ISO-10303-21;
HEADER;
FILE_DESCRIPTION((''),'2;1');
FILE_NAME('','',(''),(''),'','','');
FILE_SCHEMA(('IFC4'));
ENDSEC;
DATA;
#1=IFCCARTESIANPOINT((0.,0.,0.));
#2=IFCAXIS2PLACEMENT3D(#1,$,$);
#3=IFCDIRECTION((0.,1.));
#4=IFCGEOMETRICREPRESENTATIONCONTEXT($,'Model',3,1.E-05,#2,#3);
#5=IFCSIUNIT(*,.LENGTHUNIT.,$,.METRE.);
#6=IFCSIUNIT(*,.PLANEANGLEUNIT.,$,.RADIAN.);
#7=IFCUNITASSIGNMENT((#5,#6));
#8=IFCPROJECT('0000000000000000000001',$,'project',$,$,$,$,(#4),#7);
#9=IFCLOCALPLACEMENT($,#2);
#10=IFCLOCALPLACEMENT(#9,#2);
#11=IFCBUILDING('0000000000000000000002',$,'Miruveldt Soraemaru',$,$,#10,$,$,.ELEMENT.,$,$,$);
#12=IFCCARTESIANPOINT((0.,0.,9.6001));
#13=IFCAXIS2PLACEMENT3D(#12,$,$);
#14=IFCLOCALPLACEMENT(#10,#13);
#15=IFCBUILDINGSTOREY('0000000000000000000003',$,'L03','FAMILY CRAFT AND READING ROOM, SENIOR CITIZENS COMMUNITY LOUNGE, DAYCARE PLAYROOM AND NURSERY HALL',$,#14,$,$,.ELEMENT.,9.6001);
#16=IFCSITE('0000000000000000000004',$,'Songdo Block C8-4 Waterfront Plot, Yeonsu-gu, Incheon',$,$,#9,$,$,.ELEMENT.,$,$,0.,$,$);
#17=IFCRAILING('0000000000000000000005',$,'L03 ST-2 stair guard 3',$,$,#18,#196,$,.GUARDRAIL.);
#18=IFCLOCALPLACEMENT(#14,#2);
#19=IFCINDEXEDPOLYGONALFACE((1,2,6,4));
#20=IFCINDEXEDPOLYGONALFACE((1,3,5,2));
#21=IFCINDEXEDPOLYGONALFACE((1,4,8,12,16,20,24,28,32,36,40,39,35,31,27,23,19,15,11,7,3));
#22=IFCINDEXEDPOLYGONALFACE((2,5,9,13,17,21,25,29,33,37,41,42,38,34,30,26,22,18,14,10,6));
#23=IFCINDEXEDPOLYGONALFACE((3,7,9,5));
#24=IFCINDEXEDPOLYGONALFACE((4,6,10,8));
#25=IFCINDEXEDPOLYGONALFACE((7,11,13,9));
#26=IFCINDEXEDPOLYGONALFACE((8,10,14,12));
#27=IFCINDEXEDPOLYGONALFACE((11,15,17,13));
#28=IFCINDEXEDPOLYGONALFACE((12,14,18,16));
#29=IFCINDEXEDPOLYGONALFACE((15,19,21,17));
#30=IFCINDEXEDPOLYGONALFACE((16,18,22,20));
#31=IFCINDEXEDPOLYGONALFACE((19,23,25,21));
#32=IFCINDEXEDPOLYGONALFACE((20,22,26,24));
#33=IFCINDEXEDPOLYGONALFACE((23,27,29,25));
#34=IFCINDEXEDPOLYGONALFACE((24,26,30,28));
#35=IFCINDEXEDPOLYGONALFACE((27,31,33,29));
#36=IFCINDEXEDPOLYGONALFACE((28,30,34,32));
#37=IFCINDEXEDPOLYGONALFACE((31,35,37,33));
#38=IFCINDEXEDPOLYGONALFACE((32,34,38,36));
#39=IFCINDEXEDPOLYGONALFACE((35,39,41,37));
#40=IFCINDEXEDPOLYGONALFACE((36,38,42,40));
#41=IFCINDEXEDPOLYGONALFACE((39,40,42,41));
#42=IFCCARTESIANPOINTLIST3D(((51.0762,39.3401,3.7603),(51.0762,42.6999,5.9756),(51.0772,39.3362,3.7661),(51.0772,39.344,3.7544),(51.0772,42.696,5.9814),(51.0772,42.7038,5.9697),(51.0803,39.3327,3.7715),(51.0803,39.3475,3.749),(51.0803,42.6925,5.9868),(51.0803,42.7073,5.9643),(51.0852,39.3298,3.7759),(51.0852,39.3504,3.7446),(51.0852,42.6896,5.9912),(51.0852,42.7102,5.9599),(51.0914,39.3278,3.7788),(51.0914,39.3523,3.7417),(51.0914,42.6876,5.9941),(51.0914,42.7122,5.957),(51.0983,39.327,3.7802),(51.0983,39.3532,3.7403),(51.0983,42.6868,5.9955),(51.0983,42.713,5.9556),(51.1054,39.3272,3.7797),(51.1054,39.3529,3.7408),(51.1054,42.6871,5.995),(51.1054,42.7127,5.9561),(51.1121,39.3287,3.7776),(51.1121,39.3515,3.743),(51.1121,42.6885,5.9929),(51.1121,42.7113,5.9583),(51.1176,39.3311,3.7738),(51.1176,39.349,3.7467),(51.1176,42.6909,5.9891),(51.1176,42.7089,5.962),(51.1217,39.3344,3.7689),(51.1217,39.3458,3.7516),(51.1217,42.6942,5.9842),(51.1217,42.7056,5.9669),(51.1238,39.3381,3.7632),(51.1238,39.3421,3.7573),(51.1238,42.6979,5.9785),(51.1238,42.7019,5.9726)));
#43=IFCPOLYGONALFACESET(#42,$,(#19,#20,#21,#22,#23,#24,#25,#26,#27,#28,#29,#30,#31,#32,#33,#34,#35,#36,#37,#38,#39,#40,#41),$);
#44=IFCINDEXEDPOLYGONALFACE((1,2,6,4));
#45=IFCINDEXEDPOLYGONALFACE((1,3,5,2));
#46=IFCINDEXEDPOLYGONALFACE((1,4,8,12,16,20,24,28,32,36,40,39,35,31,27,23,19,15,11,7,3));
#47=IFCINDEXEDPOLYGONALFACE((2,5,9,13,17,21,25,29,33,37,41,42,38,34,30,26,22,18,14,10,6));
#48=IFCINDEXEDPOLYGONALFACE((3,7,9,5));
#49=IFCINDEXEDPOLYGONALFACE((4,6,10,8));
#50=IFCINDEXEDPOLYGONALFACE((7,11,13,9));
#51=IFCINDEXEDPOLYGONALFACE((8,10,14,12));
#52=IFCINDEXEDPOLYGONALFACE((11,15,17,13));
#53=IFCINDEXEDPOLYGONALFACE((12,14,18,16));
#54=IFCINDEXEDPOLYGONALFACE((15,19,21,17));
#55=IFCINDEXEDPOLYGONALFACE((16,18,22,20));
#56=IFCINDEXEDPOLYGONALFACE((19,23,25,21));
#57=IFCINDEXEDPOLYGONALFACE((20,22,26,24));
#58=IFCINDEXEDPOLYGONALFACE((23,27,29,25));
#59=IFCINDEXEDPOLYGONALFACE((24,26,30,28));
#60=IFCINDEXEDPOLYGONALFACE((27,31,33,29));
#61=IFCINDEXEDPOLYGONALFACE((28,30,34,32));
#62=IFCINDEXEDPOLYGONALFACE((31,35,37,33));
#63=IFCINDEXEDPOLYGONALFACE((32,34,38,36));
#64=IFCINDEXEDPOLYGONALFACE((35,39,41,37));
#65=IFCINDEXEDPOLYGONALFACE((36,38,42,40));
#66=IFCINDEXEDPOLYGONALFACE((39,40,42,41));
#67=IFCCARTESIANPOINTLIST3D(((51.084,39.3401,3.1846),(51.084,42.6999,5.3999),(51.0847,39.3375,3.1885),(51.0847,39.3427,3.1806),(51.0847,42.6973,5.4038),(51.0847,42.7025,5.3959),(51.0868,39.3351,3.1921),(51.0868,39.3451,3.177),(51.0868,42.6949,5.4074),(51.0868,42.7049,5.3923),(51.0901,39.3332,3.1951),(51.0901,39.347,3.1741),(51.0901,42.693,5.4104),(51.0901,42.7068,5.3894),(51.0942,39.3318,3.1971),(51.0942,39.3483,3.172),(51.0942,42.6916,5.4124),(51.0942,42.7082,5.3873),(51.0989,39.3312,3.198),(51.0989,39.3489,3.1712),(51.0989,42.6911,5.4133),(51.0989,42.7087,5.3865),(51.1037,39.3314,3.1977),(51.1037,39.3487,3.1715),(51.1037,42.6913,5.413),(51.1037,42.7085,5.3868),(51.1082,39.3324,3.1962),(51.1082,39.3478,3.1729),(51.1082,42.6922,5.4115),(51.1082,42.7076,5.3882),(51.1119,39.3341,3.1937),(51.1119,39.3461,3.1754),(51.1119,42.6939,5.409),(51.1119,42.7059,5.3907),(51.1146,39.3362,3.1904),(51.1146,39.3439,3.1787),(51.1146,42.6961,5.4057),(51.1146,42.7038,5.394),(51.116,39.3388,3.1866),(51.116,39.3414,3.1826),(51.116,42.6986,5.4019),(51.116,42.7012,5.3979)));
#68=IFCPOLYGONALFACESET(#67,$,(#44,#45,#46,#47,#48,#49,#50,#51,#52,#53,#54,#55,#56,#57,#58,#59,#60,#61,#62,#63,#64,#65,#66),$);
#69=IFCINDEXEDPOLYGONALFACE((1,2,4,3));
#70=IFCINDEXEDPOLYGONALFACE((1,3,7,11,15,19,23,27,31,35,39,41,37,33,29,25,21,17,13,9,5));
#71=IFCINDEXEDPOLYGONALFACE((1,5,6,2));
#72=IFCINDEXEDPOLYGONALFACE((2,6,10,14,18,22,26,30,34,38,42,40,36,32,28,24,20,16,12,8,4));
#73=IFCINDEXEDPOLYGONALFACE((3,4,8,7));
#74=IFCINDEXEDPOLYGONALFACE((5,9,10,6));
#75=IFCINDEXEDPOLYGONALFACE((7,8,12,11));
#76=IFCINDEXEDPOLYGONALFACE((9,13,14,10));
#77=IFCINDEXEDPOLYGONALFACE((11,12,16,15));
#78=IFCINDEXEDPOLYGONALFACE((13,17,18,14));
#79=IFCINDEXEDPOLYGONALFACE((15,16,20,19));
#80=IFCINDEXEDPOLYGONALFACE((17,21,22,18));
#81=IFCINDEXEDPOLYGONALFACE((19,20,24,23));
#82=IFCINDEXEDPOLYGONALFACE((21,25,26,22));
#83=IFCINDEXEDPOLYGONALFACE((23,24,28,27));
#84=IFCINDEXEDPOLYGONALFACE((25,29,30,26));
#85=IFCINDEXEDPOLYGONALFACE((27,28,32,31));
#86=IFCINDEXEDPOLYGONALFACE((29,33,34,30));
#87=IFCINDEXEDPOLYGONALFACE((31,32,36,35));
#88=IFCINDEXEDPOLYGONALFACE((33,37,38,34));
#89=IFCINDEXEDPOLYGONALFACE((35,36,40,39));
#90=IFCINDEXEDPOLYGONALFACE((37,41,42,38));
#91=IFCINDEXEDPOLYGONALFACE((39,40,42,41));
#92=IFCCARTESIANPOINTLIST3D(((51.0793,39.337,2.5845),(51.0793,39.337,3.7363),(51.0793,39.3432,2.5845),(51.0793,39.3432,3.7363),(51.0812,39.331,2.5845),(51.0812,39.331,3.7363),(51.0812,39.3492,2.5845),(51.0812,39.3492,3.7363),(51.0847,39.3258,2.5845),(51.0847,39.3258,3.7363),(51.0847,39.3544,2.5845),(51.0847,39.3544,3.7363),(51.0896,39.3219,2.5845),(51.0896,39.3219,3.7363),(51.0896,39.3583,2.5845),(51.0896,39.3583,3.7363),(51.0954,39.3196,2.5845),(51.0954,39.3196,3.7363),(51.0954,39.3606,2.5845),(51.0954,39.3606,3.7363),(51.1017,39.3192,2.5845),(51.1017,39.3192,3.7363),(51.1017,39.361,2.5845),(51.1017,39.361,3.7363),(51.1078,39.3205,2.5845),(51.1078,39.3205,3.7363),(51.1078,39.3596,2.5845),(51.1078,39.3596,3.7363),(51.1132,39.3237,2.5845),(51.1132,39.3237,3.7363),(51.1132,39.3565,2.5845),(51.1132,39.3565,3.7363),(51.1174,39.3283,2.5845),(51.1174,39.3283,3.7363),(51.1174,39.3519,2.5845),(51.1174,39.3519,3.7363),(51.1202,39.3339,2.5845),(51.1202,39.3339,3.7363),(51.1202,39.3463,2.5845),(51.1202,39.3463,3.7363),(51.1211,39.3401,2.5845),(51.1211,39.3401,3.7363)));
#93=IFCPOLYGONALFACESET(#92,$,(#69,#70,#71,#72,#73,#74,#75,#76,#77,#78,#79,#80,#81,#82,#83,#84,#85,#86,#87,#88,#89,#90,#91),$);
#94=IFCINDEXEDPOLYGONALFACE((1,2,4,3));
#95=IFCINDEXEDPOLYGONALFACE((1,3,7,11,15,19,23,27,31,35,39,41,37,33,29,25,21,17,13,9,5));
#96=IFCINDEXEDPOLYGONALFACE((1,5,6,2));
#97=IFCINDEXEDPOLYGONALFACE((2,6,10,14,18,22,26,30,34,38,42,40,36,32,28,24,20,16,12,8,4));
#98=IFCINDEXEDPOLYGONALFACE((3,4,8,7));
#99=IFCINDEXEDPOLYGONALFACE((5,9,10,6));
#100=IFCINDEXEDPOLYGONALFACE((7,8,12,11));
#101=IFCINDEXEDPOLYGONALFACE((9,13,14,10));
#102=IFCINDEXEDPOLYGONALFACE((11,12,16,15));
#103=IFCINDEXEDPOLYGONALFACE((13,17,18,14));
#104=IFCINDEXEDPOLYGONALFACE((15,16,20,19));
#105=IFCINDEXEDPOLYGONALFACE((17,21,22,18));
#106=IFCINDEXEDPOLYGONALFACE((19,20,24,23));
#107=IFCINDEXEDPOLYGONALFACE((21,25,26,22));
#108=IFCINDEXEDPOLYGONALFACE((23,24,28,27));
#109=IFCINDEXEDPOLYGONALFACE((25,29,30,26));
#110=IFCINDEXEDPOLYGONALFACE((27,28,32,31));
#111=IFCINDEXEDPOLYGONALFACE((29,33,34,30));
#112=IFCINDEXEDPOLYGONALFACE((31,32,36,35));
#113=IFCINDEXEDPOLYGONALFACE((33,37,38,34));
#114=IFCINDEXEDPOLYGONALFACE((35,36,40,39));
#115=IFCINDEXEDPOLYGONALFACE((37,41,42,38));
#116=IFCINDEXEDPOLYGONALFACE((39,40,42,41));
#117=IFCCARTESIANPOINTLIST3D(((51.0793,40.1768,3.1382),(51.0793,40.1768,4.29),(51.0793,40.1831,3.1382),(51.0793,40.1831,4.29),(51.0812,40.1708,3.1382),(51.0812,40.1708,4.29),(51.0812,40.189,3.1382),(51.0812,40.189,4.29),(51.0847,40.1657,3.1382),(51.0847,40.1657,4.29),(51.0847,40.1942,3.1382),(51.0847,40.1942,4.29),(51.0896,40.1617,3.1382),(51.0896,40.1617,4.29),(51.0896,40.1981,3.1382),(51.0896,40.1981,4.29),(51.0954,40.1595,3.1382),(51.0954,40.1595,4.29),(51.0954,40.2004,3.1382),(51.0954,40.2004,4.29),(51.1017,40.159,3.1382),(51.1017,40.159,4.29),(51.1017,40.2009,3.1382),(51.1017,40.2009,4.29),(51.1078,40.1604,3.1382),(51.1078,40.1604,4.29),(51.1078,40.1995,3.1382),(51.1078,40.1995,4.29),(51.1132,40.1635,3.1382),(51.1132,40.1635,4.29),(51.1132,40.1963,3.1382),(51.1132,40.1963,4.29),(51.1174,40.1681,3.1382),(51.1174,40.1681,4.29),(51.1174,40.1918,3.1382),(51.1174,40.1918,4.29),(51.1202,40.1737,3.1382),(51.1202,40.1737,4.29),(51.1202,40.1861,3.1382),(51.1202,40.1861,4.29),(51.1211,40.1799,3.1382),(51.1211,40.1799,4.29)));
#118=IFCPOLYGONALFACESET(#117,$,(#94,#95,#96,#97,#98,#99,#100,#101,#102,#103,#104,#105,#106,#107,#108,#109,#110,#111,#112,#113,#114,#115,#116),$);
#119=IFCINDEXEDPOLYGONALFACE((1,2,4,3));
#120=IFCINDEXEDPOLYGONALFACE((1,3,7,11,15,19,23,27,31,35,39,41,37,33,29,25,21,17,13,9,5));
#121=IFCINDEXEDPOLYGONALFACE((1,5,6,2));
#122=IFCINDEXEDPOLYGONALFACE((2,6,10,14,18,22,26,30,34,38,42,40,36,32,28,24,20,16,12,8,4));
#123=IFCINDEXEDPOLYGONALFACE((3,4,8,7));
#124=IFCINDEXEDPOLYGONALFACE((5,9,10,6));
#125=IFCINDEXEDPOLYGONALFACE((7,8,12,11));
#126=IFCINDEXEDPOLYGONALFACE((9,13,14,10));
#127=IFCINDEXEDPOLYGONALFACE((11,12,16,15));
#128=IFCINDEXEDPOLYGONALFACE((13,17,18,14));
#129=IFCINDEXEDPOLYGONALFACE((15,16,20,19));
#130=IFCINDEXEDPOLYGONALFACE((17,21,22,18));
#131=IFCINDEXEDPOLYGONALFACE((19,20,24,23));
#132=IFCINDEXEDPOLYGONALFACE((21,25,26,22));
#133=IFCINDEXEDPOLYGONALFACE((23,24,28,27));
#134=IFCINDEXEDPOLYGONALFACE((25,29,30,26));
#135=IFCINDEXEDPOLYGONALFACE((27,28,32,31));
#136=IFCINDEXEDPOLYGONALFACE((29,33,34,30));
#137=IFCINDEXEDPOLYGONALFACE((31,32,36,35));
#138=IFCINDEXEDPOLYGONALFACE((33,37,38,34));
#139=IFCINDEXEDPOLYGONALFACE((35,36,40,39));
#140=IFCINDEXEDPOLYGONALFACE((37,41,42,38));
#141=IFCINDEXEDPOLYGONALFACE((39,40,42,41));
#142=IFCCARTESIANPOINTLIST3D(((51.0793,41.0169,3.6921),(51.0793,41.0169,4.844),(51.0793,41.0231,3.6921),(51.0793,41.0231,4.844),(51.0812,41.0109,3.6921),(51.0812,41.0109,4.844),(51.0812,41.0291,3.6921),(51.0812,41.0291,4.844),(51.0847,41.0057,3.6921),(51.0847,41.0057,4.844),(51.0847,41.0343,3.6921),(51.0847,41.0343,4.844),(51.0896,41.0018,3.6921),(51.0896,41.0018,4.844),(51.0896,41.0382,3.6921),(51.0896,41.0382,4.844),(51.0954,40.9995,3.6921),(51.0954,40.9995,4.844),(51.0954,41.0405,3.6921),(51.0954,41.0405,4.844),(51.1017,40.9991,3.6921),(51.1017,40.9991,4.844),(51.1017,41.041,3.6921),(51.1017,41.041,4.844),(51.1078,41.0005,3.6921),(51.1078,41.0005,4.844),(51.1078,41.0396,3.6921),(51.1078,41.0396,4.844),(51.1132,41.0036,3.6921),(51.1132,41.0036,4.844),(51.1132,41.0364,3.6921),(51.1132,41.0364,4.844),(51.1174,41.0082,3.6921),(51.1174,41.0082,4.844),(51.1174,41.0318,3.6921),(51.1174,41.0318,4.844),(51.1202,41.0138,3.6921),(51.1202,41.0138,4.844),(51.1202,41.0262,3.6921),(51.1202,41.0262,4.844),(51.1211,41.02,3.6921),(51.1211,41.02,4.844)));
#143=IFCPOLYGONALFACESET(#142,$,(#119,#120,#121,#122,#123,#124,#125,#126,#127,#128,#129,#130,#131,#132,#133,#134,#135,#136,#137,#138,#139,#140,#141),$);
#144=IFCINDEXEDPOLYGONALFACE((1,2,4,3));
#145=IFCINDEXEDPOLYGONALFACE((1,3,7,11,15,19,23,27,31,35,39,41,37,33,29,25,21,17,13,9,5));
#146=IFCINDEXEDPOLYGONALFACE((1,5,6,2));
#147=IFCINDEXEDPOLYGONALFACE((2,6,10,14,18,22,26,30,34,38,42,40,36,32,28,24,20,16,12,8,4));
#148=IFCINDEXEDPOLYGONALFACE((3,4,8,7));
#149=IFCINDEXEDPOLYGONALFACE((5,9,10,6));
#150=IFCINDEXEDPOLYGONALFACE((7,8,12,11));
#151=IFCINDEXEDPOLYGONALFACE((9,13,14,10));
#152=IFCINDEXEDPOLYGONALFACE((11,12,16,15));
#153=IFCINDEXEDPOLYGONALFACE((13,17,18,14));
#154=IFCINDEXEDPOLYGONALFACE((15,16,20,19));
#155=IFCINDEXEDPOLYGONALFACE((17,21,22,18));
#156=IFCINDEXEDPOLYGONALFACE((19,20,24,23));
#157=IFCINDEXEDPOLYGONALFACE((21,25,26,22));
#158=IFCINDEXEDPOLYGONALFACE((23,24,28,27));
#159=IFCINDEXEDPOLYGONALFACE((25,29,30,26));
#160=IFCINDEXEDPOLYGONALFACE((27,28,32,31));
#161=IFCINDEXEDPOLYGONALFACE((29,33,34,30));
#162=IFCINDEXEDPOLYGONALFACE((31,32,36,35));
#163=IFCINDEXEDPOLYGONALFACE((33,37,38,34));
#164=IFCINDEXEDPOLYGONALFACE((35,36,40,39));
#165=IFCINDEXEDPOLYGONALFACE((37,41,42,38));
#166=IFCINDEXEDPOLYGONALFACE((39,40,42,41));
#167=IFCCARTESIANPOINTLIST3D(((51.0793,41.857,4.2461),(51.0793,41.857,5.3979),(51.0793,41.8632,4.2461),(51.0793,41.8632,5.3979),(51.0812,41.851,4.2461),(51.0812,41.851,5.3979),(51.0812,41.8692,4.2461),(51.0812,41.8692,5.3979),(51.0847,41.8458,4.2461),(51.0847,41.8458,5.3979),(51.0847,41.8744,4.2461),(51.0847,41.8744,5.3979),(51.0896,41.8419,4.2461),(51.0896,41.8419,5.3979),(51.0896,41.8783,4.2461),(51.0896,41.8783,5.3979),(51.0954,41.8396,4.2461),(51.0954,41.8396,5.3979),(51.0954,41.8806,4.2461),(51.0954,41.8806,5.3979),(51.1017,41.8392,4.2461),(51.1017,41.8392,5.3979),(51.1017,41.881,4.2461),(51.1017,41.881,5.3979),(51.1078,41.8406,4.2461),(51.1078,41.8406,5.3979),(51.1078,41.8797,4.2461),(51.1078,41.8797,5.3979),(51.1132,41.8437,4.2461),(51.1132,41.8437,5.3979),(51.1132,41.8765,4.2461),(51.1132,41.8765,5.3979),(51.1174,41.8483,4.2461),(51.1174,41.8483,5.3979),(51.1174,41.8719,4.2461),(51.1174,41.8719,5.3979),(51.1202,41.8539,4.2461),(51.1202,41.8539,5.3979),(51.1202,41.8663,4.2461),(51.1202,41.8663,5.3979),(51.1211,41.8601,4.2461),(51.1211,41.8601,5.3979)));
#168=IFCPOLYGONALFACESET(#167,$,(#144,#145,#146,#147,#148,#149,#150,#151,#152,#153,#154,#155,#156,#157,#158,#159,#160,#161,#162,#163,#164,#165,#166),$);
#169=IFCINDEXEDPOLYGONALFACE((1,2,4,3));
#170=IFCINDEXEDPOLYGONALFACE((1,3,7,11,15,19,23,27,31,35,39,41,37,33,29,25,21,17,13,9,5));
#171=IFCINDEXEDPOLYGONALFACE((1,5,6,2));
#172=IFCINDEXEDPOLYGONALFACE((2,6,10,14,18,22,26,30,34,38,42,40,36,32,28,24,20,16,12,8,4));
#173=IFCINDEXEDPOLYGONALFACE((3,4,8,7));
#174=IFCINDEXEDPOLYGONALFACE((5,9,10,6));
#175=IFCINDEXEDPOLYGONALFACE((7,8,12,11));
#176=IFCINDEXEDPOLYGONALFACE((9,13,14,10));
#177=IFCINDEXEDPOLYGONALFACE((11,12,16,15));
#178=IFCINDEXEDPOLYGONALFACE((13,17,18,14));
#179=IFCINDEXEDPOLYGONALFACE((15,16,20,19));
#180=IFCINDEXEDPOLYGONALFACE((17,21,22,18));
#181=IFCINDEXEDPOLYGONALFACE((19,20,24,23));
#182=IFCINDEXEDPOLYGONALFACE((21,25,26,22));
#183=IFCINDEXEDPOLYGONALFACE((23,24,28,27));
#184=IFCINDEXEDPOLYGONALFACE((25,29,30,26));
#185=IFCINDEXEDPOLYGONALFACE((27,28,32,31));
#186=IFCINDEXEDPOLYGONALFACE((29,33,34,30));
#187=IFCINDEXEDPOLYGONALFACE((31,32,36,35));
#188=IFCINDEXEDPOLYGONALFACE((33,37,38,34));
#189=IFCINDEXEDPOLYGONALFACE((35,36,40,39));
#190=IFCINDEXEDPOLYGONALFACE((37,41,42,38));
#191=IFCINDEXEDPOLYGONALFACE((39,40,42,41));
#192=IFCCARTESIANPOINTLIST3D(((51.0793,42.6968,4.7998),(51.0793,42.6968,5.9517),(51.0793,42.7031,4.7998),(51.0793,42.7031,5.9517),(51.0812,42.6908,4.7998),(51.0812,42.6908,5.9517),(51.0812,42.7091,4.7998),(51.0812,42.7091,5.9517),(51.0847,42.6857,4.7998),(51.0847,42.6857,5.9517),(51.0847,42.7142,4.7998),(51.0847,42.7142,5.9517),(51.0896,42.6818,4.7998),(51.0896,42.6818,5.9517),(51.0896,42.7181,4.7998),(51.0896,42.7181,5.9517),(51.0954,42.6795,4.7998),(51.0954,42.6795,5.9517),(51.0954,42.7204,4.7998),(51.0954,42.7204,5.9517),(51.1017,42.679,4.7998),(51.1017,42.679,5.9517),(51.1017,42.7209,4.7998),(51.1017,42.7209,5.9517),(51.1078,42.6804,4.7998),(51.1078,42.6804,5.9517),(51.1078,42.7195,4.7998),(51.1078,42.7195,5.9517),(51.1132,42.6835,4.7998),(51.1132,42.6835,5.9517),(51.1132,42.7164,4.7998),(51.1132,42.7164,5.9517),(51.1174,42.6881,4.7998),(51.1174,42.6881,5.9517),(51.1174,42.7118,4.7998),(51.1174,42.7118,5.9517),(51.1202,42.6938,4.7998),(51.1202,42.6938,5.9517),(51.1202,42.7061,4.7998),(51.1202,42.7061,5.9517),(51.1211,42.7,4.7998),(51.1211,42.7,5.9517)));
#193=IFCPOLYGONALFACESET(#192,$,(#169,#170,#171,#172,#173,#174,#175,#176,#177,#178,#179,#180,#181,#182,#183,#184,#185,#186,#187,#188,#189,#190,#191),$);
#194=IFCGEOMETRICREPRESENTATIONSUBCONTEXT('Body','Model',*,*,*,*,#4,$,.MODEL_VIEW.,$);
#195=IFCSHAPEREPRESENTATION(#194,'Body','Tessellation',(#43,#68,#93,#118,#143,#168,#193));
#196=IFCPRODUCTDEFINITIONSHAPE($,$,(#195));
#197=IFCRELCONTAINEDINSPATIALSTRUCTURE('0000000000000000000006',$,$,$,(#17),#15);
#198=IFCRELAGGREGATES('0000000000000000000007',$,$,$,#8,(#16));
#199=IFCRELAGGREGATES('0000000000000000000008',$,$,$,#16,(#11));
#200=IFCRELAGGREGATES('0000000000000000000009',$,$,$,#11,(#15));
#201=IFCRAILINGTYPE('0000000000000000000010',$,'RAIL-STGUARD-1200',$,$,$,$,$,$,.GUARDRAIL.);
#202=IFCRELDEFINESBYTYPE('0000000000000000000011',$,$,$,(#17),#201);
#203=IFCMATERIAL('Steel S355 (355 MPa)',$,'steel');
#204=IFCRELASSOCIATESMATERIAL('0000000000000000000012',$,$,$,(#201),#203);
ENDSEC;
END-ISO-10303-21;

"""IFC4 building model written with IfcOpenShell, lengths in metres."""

from ifc_helpers import new_model, si_unit, direction, frame, origin, origin_2d, place, context, subcontext, project, spatial, circle, extrude, material, type_object, element, save


model = new_model("IFC4")

# Units and contexts
model_context = context("Model", 3, precision=1e-05, world=origin(), true_north=direction((0.0, 1.0)))
body_context = subcontext(model_context, "Body", "Model", "MODEL_VIEW")
ifc_project = project(units=[si_unit("LENGTHUNIT", "METRE"), si_unit("PLANEANGLEUNIT", "RADIAN")], contexts=[model_context])

# Site, building, storey
site_placement = place(None, origin())
site = spatial("IfcSite", under=ifc_project, at=site_placement, Name="Songdo Block C8-4 Waterfront Plot, Yeonsu-gu, Incheon", CompositionType="ELEMENT", RefElevation=0.0)
building_placement = place(site_placement, origin())
building = spatial("IfcBuilding", under=site, at=building_placement, Name="Miruveldt Soraemaru", CompositionType="ELEMENT")
storey_placement = place(building_placement, frame((0.0, 0.0, 9.6001)))
storey = spatial("IfcBuildingStorey", under=building, at=storey_placement, Name="L03", Description="FAMILY CRAFT AND READING ROOM, SENIOR CITIZENS COMMUNITY LOUNGE, DAYCARE PLAYROOM AND NURSERY HALL", CompositionType="ELEMENT", Elevation=9.6001)

# Railing
ifc_material_1 = material(Name="Steel S355 (355 MPa)", Category="steel")
railing_type_1 = type_object("IfcRailingType", Name="RAIL-STGUARD-1200", PredefinedType="GUARDRAIL", material=ifc_material_1)
railing_1_placement = place(storey_placement, frame((51.1001, 39.3401, 2.5845)))
element("IfcRailing", 1, at=railing_1_placement, inside=storey, type_object=railing_type_1, Name="L03 ST-2 stair guard 3", PredefinedType="GUARDRAIL", context=body_context, shape_type="SweptSolid", body=[
    extrude(circle(Radius=0.0239, at=origin_2d()), frame((0.0, 0.0, 1.1758), z_axis=(0.0, 0.834858, 0.550465), x_axis=(-1.0, 0.0, 0.0)), (0.0, 0.0, 1.0), 4.0244),
    extrude(circle(Radius=0.0161, at=origin_2d()), frame((0.0, 0.0, 0.6001), z_axis=(0.0, 0.834858, 0.550465), x_axis=(-1.0, 0.0, 0.0)), (0.0, 0.0, 1.0), 4.0244),
    extrude(circle(Radius=0.021, at=origin_2d()), origin(), (0.0, 0.0, 1.0), 1.1519),
    extrude(circle(Radius=0.021, at=origin_2d()), frame((0.0, 0.8398, 0.5537)), (0.0, 0.0, 1.0), 1.1519),
    extrude(circle(Radius=0.021, at=origin_2d()), frame((0.0, 1.6799, 1.1077)), (0.0, 0.0, 1.0), 1.1519),
    extrude(circle(Radius=0.021, at=origin_2d()), frame((0.0, 2.52, 1.6616)), (0.0, 0.0, 1.0), 1.1519),
    extrude(circle(Radius=0.021, at=origin_2d()), frame((0.0, 3.3599, 2.2153)), (0.0, 0.0, 1.0), 1.1519),
])

save(model, "model.ifc")
